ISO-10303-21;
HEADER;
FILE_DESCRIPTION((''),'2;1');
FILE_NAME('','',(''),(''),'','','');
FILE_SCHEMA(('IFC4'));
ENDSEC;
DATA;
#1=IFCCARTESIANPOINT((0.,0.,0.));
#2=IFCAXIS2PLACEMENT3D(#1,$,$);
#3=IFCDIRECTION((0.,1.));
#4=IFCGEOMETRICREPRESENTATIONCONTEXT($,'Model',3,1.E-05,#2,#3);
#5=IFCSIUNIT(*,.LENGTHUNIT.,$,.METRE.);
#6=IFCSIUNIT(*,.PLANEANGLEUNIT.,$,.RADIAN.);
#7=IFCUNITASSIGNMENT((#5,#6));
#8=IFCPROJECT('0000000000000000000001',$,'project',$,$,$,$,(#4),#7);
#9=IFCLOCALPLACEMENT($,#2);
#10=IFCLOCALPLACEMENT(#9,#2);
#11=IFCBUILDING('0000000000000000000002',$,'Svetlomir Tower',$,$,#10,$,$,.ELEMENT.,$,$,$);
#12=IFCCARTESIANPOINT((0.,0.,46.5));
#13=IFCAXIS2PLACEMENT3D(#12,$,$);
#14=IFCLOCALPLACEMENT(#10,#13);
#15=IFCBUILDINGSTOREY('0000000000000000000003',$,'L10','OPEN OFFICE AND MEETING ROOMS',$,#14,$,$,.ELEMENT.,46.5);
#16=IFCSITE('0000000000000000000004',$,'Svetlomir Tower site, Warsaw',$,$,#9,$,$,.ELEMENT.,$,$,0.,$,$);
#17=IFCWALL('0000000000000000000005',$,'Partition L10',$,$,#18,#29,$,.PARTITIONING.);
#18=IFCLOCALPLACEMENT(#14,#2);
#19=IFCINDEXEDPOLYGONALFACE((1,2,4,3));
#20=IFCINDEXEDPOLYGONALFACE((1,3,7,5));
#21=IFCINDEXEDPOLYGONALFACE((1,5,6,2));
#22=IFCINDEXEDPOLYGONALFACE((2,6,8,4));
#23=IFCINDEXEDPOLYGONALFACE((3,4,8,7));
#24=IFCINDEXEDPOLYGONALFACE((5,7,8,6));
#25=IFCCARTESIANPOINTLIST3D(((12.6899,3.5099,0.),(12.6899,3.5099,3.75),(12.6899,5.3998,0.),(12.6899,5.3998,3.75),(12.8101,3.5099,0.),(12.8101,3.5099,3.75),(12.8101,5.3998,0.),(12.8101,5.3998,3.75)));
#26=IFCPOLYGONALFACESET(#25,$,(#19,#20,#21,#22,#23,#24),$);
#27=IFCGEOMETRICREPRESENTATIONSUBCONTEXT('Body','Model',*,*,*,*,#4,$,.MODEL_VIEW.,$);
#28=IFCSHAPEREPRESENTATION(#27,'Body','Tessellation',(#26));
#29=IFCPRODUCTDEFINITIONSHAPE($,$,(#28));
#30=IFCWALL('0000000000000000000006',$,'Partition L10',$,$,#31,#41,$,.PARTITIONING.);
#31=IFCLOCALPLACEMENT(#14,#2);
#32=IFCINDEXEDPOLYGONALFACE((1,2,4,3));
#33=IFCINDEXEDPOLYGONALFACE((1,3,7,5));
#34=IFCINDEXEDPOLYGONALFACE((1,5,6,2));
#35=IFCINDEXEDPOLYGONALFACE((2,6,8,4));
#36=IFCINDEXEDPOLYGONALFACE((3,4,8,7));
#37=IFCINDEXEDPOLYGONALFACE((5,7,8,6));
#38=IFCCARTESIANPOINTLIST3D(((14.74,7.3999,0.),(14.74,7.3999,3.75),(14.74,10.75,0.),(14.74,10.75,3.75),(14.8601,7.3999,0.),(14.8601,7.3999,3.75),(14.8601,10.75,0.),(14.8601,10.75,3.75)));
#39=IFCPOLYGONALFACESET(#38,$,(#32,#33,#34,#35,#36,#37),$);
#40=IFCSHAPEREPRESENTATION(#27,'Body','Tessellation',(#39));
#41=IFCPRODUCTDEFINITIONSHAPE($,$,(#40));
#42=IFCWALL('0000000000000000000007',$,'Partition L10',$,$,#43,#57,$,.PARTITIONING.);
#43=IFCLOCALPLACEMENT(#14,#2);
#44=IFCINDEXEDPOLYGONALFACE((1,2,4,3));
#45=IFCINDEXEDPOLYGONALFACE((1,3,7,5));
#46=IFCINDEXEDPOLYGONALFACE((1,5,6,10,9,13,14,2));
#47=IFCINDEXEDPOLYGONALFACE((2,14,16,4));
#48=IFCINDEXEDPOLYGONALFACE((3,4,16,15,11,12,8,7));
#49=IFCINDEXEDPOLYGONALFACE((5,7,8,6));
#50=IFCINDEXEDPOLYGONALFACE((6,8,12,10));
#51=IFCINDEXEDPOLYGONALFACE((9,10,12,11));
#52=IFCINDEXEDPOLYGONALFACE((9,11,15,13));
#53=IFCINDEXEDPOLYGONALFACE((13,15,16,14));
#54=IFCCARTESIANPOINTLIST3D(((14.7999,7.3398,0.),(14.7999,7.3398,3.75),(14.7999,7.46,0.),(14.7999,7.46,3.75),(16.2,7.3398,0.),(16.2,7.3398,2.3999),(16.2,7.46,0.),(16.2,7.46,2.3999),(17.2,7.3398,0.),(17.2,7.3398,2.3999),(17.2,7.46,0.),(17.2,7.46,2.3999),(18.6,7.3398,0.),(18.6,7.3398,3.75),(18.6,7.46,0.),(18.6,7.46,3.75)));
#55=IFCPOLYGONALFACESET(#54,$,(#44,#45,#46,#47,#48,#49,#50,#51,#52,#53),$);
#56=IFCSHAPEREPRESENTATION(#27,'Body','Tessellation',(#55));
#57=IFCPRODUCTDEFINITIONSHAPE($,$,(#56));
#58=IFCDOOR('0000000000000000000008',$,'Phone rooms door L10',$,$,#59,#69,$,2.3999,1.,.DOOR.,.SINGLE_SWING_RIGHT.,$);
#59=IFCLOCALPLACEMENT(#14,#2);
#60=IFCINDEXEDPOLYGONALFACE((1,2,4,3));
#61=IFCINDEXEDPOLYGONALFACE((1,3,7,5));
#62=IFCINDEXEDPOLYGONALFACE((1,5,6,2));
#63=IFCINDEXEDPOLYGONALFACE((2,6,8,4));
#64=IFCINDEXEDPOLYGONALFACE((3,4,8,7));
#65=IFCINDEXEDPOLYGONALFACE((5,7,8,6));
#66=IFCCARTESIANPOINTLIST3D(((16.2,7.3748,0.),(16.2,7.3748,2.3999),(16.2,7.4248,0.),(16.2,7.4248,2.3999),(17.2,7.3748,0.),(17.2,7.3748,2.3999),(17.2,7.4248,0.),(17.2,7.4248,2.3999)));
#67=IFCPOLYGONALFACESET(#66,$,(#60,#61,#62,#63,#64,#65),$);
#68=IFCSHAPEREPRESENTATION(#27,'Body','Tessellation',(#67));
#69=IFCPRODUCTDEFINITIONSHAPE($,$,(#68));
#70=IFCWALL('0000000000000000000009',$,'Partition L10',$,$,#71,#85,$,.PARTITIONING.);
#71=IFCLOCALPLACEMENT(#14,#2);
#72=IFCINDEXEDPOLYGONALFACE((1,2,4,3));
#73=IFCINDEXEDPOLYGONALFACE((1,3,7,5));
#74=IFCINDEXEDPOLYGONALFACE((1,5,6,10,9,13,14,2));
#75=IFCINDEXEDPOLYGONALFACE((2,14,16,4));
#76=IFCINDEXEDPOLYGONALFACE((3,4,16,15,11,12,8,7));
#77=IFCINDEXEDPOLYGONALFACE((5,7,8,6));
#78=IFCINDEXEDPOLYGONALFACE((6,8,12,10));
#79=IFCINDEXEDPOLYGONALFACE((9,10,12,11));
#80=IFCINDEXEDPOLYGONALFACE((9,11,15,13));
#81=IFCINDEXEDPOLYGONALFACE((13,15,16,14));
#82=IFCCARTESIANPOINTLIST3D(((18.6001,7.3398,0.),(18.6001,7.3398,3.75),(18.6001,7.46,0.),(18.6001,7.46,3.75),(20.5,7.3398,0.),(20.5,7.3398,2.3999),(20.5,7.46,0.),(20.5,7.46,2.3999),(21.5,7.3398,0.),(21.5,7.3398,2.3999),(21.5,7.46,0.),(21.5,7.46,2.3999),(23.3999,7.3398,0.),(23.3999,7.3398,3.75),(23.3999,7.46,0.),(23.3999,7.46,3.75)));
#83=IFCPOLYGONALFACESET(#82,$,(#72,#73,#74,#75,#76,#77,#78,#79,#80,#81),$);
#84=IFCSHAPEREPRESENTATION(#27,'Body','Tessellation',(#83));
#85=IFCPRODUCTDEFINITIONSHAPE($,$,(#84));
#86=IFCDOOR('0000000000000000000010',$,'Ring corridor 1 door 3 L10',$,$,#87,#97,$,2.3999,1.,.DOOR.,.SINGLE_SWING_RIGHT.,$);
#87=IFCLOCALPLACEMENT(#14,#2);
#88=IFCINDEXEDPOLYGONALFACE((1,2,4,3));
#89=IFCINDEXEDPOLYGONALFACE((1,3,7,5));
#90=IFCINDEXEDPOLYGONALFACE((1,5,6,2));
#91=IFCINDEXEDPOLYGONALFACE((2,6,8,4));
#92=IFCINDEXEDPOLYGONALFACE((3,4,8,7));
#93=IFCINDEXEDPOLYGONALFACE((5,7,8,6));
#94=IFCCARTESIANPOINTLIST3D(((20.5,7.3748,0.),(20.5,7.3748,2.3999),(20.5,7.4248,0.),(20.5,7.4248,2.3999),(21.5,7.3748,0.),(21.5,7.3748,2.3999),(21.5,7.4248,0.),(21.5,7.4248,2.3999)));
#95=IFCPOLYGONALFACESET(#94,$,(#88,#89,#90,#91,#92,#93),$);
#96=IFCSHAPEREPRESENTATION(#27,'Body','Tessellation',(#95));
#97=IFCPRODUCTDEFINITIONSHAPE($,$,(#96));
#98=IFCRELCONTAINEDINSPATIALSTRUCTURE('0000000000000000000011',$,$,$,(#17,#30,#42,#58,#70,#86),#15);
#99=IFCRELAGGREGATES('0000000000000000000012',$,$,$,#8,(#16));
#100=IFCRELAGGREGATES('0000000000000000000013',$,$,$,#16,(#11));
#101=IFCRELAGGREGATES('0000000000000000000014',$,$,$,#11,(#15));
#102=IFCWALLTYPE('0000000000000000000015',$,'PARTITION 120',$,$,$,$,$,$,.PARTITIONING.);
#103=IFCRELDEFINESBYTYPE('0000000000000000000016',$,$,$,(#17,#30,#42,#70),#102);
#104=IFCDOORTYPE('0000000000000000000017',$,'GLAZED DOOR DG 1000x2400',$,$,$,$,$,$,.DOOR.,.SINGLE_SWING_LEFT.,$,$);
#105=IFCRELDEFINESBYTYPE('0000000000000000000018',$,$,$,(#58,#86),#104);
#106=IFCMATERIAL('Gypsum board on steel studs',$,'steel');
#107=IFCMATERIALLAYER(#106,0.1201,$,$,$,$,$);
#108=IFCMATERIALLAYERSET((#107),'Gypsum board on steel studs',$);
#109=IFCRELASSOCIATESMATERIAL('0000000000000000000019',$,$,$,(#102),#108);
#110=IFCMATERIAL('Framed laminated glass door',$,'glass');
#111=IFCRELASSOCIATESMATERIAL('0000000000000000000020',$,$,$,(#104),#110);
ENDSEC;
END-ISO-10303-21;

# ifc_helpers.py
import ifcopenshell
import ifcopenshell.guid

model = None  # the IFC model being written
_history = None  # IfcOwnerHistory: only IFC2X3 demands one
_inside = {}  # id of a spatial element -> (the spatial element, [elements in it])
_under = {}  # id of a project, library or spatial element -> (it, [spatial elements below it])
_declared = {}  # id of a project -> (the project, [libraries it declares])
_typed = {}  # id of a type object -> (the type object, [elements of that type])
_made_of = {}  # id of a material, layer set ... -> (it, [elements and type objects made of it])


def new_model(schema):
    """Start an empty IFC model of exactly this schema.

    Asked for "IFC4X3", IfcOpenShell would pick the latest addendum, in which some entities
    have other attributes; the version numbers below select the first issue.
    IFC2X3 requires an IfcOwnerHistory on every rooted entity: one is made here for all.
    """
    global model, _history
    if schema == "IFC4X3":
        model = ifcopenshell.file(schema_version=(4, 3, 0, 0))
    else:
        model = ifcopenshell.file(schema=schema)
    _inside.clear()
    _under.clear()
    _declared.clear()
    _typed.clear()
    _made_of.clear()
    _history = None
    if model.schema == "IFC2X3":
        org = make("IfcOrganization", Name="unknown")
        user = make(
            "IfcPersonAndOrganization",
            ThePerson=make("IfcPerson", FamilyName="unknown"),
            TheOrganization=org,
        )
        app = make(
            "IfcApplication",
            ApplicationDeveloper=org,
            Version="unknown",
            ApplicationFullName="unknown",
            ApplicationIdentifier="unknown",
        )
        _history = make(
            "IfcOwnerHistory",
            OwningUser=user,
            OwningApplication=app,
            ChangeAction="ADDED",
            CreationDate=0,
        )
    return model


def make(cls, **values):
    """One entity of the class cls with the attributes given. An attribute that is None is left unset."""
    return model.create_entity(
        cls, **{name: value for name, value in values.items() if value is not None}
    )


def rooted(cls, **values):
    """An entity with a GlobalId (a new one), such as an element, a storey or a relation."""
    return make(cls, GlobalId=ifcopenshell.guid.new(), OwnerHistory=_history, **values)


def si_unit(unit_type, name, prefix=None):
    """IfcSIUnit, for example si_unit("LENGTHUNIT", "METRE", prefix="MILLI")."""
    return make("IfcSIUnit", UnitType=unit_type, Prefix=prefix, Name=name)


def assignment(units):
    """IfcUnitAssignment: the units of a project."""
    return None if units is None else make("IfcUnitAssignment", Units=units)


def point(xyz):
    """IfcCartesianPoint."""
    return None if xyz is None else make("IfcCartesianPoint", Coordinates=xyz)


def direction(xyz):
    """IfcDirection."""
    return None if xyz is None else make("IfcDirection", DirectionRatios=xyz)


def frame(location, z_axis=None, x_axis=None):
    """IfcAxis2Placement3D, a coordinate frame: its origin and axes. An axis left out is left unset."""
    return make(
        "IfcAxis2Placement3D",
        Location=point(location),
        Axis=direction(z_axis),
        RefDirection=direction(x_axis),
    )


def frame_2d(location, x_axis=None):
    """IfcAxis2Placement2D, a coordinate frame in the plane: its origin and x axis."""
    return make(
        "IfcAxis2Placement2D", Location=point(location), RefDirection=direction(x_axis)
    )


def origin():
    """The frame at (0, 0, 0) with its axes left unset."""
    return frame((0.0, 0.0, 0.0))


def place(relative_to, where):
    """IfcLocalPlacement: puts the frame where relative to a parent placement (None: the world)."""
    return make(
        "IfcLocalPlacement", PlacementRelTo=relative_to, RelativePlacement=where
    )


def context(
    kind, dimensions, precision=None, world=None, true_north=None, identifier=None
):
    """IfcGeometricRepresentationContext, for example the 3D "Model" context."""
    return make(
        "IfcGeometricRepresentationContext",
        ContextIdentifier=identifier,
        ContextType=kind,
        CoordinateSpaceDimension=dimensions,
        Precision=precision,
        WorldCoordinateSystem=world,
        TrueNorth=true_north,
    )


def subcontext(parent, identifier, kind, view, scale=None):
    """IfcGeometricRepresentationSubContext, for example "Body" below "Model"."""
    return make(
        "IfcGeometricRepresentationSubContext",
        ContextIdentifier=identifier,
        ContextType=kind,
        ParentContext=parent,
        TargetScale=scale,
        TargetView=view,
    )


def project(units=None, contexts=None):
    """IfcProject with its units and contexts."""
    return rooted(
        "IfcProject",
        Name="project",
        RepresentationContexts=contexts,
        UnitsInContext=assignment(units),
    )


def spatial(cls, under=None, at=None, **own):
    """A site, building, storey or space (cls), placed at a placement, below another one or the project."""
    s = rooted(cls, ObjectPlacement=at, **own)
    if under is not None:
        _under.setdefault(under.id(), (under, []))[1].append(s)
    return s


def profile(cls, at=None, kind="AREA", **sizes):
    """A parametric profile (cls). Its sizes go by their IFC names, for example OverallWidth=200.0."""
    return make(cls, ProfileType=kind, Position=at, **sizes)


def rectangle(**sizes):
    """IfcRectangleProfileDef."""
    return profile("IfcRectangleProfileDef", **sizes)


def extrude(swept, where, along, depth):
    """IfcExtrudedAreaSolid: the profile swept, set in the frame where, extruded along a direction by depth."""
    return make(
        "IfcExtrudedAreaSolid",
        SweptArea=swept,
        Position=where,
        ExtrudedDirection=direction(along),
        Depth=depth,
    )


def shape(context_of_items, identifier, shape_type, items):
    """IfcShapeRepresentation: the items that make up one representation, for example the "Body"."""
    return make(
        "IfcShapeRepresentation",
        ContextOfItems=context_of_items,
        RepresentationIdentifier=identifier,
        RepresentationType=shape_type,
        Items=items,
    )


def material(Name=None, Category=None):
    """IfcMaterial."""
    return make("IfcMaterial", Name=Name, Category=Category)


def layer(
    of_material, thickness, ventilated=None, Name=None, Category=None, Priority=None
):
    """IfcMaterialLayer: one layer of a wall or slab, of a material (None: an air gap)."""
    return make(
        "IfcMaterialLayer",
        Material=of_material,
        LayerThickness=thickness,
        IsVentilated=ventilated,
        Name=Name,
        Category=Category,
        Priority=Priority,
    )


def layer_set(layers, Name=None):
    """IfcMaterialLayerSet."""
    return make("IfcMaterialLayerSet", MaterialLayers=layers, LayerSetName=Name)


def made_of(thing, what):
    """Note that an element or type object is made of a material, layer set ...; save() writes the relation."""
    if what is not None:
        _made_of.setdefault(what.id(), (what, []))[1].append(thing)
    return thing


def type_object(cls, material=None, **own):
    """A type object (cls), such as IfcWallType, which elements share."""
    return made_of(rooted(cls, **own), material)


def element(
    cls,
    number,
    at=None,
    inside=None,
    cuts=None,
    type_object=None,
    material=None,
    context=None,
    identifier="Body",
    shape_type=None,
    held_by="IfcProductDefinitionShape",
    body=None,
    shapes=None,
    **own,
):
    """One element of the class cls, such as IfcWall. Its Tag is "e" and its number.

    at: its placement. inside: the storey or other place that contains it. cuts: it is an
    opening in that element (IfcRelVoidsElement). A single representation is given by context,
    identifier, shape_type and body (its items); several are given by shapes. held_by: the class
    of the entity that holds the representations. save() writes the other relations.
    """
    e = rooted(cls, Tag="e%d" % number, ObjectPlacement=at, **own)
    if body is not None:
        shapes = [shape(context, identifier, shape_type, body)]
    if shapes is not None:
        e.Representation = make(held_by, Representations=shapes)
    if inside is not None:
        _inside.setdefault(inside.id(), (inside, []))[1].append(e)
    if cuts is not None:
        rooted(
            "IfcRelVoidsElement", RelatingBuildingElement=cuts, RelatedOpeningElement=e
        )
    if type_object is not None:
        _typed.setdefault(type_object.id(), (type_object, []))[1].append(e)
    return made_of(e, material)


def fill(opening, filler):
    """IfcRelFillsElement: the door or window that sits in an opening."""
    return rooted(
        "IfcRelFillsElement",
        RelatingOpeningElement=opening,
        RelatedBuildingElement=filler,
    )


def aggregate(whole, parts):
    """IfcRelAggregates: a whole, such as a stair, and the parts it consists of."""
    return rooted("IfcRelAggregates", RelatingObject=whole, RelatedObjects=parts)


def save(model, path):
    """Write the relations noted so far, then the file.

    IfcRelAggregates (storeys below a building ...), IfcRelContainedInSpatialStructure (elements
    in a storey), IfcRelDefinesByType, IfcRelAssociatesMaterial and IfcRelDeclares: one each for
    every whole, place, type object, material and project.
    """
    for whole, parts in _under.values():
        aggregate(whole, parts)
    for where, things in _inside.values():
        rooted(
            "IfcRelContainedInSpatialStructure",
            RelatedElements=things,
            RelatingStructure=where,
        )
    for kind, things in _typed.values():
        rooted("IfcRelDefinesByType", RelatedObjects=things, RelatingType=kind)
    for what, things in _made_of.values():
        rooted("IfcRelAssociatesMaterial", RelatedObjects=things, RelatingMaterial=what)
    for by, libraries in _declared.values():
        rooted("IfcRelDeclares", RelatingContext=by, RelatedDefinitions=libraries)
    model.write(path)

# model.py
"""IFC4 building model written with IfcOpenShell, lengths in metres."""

from ifc_helpers import new_model, si_unit, direction, frame, frame_2d, origin, place, context, subcontext, project, spatial, rectangle, extrude, material, layer, layer_set, type_object, element, fill, save


model = new_model("IFC4")

# Units and contexts
model_context = context("Model", 3, precision=1e-05, world=origin(), true_north=direction((0.0, 1.0)))
body_context = subcontext(model_context, "Body", "Model", "MODEL_VIEW")
ifc_project = project(units=[si_unit("LENGTHUNIT", "METRE"), si_unit("PLANEANGLEUNIT", "RADIAN")], contexts=[model_context])

# Site, building, storey
site_placement = place(None, origin())
site = spatial("IfcSite", under=ifc_project, at=site_placement, Name="Svetlomir Tower site, Warsaw", CompositionType="ELEMENT", RefElevation=0.0)
building_placement = place(site_placement, origin())
building = spatial("IfcBuilding", under=site, at=building_placement, Name="Svetlomir Tower", CompositionType="ELEMENT")
storey_placement = place(building_placement, frame((0.0, 0.0, 46.5)))
storey = spatial("IfcBuildingStorey", under=building, at=storey_placement, Name="L10", Description="OPEN OFFICE AND MEETING ROOMS", CompositionType="ELEMENT", Elevation=46.5)

# Walls
ifc_material_1 = material(Name="Gypsum board on steel studs", Category="steel")
ifc_layer_1 = layer(ifc_material_1, 0.1201)
ifc_layer_set_1 = layer_set([ifc_layer_1], Name="Gypsum board on steel studs")
wall_type_1 = type_object("IfcWallType", Name="PARTITION 120", PredefinedType="PARTITIONING", material=ifc_layer_set_1)
wall_1_placement = place(storey_placement, frame((12.75, 3.51, 0.0), z_axis=(0.0, 0.0, 1.0), x_axis=(0.0, 1.0, 0.0)))
element("IfcWall", 1, at=wall_1_placement, inside=storey, type_object=wall_type_1, Name="Partition L10", PredefinedType="PARTITIONING", context=body_context, shape_type="SweptSolid", body=[
    extrude(rectangle(XDim=1.8899, YDim=0.1201, at=frame_2d((0.9448, 0.0))), origin(), (0.0, 0.0, 1.0), 3.75),
])
wall_2_placement = place(storey_placement, frame((14.8, 7.3999, 0.0), z_axis=(0.0, 0.0, 1.0), x_axis=(0.0, 1.0, 0.0)))
element("IfcWall", 2, at=wall_2_placement, inside=storey, type_object=wall_type_1, Name="Partition L10", PredefinedType="PARTITIONING", context=body_context, shape_type="SweptSolid", body=[
    extrude(rectangle(XDim=3.3501, YDim=0.1201, at=frame_2d((1.675, 0.0))), origin(), (0.0, 0.0, 1.0), 3.75),
])

# Walls, openings, doors
wall_3_placement = place(storey_placement, frame((14.8, 7.3999, 0.0), z_axis=(0.0, 0.0, 1.0), x_axis=(1.0, 0.0, 0.0)))
wall_3 = element("IfcWall", 3, at=wall_3_placement, inside=storey, type_object=wall_type_1, Name="Partition L10", PredefinedType="PARTITIONING", context=body_context, shape_type="SweptSolid", body=[
    extrude(rectangle(XDim=3.8, YDim=0.1201, at=frame_2d((1.8999, 0.0))), origin(), (0.0, 0.0, 1.0), 3.75),
])
opening_1_placement = place(wall_3_placement, frame((1.3999, 0.0, 0.0)))
opening_1 = element("IfcOpeningElement", 4, at=opening_1_placement, cuts=wall_3, PredefinedType="OPENING", context=body_context, shape_type="SweptSolid", body=[
    extrude(rectangle(XDim=1.0, YDim=2.3999, at=frame_2d((0.5, 1.2))), frame((0.0, 0.0701, 0.0), z_axis=(0.0, -1.0, 0.0), x_axis=(1.0, 0.0, 0.0)), (0.0, 0.0, 1.0), 0.1401),
])
ifc_material_2 = material(Name="Framed laminated glass door", Category="glass")
door_type_1 = type_object("IfcDoorType", Name="GLAZED DOOR DG 1000x2400", OperationType="SINGLE_SWING_LEFT", PredefinedType="DOOR", material=ifc_material_2)
door_1_placement = place(opening_1_placement, origin())
door_1 = element("IfcDoor", 5, at=door_1_placement, inside=storey, type_object=door_type_1, Name="Phone rooms door L10", OperationType="SINGLE_SWING_RIGHT", OverallHeight=2.3999, OverallWidth=1.0, PredefinedType="DOOR", context=body_context, shape_type="SweptSolid", body=[
    extrude(rectangle(XDim=1.0, YDim=2.3999, at=frame_2d((0.5, 1.2))), frame((0.0, 0.0249, 0.0), z_axis=(0.0, -1.0, 0.0), x_axis=(1.0, 0.0, 0.0)), (0.0, 0.0, 1.0), 0.05),
])
fill(opening_1, door_1)
wall_4_placement = place(storey_placement, frame((18.6001, 7.3999, 0.0), z_axis=(0.0, 0.0, 1.0), x_axis=(1.0, 0.0, 0.0)))
wall_4 = element("IfcWall", 6, at=wall_4_placement, inside=storey, type_object=wall_type_1, Name="Partition L10", PredefinedType="PARTITIONING", context=body_context, shape_type="SweptSolid", body=[
    extrude(rectangle(XDim=4.7998, YDim=0.1201, at=frame_2d((2.3999, 0.0))), origin(), (0.0, 0.0, 1.0), 3.75),
])
opening_2_placement = place(wall_4_placement, frame((1.8999, 0.0, 0.0)))
opening_2 = element("IfcOpeningElement", 7, at=opening_2_placement, cuts=wall_4, PredefinedType="OPENING", context=body_context, shape_type="SweptSolid", body=[
    extrude(rectangle(XDim=1.0, YDim=2.3999, at=frame_2d((0.5, 1.2))), frame((0.0, 0.0701, 0.0), z_axis=(0.0, -1.0, 0.0), x_axis=(1.0, 0.0, 0.0)), (0.0, 0.0, 1.0), 0.1401),
])
door_2_placement = place(opening_2_placement, origin())
door_2 = element("IfcDoor", 8, at=door_2_placement, inside=storey, type_object=door_type_1, Name="Ring corridor 1 door 3 L10", OperationType="SINGLE_SWING_RIGHT", OverallHeight=2.3999, OverallWidth=1.0, PredefinedType="DOOR", context=body_context, shape_type="SweptSolid", body=[
    extrude(rectangle(XDim=1.0, YDim=2.3999, at=frame_2d((0.5, 1.2))), frame((0.0, 0.0249, 0.0), z_axis=(0.0, -1.0, 0.0), x_axis=(1.0, 0.0, 0.0)), (0.0, 0.0, 1.0), 0.05),
])
fill(opening_2, door_2)

save(model, "model.ifc")
